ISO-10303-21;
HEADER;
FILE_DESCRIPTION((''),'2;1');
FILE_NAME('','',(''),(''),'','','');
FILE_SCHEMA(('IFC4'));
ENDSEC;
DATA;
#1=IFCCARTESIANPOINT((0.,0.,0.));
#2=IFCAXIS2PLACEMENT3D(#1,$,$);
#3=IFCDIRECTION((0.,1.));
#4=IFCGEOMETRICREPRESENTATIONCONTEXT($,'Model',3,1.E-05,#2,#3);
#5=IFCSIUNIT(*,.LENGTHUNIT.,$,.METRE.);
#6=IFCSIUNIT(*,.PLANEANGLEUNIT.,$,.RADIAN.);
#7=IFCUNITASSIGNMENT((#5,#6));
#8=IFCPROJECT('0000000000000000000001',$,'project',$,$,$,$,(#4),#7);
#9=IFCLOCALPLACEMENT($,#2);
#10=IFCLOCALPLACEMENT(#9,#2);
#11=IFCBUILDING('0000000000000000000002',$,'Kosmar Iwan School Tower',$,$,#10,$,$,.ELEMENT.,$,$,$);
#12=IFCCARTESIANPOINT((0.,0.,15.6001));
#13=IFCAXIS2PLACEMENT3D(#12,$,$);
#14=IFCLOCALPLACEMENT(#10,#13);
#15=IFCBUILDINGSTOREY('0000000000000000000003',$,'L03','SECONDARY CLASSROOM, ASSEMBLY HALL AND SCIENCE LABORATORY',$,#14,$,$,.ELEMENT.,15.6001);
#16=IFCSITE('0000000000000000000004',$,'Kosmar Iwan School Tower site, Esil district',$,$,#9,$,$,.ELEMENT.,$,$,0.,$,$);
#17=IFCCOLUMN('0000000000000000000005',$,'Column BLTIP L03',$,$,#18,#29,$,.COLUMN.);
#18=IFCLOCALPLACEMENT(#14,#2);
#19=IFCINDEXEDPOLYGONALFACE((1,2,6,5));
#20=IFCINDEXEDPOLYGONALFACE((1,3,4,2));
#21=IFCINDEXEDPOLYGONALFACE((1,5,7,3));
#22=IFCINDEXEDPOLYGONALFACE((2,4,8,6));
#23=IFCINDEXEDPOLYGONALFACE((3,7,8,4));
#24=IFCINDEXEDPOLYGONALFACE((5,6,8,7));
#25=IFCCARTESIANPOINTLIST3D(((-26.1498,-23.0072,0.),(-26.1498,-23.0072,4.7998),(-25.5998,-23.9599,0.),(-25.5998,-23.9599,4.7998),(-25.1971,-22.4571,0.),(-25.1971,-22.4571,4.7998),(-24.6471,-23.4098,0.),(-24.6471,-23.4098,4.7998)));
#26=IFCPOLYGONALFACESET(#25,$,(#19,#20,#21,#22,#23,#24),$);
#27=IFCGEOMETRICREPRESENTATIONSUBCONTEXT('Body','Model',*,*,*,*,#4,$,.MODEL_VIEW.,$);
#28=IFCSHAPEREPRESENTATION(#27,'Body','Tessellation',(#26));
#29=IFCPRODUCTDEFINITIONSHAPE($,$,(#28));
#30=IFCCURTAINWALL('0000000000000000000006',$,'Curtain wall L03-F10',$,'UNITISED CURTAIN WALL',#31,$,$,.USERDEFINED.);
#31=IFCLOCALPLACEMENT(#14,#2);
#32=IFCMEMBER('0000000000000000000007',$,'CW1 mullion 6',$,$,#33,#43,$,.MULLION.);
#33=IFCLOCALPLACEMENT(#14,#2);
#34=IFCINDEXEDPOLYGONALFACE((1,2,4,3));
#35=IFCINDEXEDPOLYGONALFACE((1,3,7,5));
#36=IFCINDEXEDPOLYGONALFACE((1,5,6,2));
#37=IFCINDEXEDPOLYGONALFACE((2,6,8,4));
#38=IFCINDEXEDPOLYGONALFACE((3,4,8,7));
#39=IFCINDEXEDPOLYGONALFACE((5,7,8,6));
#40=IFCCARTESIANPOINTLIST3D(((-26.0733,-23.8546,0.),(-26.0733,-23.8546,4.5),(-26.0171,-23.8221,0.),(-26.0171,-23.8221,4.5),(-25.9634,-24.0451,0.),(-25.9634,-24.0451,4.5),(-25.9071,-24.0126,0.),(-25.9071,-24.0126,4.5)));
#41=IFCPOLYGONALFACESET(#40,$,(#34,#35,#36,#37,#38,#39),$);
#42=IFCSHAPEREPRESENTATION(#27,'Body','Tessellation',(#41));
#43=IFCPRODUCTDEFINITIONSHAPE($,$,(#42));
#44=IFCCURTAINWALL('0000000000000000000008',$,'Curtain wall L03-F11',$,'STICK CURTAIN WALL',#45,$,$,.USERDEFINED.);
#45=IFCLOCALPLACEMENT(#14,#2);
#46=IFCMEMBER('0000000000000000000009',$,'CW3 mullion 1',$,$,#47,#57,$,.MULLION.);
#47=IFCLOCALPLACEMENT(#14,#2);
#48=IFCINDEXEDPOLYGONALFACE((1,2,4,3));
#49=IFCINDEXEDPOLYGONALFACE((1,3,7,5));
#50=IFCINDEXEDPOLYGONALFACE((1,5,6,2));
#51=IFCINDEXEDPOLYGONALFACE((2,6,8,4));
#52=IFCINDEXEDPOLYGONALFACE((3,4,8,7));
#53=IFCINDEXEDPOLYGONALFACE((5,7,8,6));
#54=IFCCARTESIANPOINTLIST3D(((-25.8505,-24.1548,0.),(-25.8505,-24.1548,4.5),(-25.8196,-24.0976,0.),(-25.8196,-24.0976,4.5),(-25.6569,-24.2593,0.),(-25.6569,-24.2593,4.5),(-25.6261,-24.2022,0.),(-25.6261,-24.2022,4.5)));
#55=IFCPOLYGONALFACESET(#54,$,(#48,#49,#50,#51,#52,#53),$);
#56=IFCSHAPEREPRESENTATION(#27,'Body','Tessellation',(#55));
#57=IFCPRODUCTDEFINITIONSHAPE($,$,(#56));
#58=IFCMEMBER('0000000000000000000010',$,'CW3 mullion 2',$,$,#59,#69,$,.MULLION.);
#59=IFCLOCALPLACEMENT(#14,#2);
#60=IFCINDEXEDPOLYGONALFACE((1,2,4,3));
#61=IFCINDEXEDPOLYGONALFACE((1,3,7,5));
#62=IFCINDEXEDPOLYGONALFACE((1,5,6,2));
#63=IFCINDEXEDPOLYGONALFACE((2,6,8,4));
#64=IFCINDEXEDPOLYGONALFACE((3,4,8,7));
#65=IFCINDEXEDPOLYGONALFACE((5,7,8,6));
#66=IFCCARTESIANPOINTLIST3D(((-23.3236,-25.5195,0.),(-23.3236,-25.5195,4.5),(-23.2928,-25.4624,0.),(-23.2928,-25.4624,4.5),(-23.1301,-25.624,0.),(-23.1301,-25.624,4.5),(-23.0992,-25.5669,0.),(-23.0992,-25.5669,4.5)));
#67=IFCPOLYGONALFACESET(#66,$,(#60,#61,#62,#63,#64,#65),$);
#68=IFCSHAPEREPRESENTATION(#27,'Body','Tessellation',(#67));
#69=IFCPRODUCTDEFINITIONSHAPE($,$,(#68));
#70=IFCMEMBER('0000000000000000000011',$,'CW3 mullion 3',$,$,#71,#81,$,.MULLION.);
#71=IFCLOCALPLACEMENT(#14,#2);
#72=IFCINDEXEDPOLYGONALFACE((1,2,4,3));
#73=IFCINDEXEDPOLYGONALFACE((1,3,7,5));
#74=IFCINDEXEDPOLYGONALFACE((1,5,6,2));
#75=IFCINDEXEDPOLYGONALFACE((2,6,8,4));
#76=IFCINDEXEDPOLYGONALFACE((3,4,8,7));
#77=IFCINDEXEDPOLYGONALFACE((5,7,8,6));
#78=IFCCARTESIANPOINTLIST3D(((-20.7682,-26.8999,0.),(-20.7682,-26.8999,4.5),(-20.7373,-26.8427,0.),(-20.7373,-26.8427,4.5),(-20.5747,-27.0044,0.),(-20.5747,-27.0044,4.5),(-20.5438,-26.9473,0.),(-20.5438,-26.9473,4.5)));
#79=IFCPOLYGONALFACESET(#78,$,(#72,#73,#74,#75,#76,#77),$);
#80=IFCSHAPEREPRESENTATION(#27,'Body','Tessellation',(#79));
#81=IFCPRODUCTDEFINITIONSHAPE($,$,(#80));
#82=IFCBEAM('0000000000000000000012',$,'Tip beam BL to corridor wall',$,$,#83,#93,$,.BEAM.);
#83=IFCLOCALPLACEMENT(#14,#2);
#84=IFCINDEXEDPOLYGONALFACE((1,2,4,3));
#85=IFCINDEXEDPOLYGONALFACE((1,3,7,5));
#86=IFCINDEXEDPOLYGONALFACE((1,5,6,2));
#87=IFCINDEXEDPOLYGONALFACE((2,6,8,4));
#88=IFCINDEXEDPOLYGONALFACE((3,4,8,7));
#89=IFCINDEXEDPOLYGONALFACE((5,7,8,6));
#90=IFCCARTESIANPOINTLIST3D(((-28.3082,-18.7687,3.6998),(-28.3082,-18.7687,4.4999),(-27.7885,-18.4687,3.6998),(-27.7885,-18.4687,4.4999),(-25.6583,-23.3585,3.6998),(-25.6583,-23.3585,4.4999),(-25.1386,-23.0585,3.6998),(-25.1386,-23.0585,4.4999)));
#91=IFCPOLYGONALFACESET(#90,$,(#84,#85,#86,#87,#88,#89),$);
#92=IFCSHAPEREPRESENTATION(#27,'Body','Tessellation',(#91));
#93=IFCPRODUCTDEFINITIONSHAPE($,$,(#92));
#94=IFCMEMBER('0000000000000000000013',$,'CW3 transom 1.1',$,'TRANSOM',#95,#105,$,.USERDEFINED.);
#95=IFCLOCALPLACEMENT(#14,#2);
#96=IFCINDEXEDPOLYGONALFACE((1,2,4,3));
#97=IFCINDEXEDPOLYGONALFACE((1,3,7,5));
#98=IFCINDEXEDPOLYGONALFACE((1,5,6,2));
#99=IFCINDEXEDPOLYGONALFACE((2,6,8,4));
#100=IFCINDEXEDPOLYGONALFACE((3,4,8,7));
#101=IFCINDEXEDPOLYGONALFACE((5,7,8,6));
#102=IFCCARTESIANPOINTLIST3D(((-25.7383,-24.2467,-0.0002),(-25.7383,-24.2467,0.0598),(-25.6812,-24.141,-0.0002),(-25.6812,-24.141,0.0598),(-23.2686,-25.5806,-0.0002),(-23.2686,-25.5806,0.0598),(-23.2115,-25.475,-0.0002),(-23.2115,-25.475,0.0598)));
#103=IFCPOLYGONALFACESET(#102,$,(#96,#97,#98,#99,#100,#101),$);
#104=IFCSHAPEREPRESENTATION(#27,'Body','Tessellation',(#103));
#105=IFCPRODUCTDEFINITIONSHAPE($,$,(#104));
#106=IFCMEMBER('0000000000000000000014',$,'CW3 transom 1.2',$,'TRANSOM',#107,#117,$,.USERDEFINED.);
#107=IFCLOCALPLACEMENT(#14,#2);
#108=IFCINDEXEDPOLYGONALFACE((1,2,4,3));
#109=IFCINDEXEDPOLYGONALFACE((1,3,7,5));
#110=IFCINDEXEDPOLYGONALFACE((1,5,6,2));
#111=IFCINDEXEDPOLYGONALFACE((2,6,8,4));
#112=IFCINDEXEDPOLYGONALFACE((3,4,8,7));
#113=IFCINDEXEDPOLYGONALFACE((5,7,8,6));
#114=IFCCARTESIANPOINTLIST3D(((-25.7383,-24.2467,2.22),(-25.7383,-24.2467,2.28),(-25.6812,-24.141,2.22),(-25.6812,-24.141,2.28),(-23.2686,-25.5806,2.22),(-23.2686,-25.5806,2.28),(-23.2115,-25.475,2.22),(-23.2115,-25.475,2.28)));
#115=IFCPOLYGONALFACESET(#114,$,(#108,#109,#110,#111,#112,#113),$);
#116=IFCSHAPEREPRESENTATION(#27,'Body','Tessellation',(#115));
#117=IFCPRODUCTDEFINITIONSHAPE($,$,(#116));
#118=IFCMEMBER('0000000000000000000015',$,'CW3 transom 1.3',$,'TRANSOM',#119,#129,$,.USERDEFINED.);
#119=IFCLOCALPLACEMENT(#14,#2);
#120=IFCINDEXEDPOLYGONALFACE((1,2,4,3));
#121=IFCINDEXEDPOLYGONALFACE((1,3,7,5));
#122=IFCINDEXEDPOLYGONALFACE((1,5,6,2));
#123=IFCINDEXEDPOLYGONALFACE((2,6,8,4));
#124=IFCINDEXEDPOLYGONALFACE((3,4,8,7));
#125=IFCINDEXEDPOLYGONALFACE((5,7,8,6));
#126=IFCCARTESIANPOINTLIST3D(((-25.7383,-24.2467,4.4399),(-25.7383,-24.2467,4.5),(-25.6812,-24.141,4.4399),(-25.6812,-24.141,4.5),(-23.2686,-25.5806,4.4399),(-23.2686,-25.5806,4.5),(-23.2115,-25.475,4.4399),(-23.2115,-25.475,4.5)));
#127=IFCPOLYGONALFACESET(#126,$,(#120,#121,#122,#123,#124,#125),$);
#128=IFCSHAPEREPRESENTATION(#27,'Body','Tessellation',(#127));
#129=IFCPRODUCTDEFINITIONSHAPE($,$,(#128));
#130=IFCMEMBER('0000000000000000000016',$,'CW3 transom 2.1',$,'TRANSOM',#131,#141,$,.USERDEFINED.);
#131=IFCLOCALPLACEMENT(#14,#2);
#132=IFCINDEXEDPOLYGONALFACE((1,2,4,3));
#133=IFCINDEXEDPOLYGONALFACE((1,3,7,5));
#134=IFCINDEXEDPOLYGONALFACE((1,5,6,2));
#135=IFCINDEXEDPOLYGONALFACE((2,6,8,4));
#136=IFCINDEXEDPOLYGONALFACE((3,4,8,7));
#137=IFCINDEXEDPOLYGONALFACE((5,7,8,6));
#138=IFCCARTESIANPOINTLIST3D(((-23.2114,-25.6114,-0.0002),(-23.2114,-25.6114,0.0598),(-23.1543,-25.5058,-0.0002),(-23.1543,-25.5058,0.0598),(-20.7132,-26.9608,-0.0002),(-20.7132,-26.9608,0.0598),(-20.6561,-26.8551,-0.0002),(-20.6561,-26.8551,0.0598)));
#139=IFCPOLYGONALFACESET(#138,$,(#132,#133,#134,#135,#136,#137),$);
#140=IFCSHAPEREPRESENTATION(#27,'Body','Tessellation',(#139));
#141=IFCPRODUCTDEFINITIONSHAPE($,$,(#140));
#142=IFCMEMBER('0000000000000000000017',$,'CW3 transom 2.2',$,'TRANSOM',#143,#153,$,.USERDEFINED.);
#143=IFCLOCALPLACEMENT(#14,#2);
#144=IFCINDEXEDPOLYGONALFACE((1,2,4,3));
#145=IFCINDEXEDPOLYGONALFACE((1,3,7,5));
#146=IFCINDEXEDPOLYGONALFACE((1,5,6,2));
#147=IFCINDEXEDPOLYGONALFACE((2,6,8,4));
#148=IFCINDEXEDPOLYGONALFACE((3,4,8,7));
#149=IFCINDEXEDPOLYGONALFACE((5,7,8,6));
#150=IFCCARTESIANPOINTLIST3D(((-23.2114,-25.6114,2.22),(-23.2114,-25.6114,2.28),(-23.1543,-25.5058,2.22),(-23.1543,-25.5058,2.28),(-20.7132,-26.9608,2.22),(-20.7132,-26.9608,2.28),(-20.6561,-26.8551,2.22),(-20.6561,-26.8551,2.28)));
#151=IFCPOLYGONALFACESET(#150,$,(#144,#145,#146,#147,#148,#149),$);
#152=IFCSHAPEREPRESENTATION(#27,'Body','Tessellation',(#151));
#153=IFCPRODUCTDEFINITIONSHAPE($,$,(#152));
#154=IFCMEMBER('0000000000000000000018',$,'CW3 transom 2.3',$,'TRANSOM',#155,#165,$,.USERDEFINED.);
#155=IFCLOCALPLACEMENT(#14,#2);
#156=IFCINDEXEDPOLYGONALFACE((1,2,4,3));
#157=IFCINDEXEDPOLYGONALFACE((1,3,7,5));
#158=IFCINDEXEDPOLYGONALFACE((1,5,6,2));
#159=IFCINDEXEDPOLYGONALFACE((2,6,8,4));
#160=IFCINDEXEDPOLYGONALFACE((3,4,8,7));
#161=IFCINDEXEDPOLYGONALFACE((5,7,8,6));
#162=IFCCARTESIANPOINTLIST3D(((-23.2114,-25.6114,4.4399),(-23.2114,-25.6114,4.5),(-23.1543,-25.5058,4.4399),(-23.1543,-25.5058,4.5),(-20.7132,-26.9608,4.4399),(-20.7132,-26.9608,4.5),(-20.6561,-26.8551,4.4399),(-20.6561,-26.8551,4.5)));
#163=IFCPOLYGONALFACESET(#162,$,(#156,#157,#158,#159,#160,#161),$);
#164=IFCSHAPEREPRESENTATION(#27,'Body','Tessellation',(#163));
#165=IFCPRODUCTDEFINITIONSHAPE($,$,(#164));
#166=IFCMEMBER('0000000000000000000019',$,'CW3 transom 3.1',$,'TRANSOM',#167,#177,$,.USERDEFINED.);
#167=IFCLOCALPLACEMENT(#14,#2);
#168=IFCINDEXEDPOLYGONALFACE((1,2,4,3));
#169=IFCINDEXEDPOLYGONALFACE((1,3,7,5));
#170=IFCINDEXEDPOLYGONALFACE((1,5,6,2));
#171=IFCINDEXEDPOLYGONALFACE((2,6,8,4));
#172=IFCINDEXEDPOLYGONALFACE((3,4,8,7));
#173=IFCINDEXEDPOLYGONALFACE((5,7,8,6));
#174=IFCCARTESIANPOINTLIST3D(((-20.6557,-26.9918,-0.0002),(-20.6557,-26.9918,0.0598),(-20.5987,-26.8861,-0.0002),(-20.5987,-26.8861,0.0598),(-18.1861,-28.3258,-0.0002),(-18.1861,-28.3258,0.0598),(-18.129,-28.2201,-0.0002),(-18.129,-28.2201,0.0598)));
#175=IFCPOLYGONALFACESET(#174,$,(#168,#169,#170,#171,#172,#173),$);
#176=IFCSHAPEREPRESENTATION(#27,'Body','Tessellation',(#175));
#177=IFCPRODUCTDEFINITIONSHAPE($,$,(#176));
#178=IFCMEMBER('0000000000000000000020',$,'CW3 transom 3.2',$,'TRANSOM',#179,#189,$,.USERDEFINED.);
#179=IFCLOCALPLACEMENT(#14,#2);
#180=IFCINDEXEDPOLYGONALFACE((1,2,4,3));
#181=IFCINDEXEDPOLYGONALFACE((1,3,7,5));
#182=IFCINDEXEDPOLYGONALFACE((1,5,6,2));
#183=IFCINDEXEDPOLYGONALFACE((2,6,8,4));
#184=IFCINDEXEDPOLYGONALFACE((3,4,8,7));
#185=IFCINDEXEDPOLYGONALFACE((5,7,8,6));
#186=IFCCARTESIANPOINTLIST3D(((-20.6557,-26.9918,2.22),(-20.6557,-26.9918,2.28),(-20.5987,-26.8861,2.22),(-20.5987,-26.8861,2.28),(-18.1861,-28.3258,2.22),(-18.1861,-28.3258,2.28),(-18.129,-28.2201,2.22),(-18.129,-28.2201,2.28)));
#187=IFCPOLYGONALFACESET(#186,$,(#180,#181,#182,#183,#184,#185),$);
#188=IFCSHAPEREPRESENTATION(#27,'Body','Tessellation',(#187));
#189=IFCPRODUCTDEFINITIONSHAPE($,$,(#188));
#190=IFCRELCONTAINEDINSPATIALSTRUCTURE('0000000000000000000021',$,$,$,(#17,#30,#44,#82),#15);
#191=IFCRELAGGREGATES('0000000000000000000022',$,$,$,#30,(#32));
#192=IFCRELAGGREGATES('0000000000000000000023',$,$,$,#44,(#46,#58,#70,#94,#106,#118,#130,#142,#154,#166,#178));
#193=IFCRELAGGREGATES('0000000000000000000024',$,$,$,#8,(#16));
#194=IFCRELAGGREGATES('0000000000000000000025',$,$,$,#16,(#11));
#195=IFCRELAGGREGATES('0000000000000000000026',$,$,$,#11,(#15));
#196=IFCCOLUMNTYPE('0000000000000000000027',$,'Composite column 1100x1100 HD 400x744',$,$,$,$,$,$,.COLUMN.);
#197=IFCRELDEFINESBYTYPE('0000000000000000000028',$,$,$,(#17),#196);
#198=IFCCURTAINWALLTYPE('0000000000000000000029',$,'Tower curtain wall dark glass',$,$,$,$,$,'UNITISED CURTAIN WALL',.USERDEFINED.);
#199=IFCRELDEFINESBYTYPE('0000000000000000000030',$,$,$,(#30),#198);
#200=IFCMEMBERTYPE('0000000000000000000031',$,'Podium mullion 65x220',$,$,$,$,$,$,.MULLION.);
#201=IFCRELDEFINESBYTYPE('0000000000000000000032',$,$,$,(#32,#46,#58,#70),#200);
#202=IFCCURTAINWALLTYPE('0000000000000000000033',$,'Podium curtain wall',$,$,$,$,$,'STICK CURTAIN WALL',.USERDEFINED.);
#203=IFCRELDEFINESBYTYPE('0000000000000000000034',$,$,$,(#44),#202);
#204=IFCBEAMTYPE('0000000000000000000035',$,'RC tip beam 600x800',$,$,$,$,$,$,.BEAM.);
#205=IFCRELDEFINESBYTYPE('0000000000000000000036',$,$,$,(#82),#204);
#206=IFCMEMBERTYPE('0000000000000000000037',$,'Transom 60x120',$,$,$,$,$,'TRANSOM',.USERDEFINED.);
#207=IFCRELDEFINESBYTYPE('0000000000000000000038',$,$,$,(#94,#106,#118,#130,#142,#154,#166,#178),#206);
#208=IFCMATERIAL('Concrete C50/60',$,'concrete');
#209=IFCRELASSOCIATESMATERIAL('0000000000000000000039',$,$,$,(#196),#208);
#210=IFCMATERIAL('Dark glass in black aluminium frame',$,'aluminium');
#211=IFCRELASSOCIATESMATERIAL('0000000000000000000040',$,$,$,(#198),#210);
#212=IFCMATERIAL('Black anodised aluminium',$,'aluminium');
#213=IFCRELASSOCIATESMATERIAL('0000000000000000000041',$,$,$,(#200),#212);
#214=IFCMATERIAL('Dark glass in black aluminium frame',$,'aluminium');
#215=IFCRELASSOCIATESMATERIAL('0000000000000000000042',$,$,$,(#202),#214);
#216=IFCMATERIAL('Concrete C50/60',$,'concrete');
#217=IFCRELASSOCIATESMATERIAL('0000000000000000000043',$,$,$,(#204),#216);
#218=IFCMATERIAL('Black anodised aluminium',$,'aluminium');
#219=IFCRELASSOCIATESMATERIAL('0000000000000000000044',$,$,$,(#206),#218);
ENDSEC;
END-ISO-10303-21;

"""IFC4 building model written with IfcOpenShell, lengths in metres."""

from ifc_helpers import new_model, si_unit, direction, frame, origin, origin_2d, place, context, subcontext, project, spatial, rectangle, extrude, material, material_profile, profile_set, type_object, element, aggregate, save


model = new_model("IFC4")

# Units and contexts
model_context = context("Model", 3, precision=1e-05, world=origin(), true_north=direction((0.0, 1.0)))
body_context = subcontext(model_context, "Body", "Model", "MODEL_VIEW")
ifc_project = project(units=[si_unit("LENGTHUNIT", "METRE"), si_unit("PLANEANGLEUNIT", "RADIAN")], contexts=[model_context])

# Site, building, storey
site_placement = place(None, origin())
site = spatial("IfcSite", under=ifc_project, at=site_placement, Name="Kosmar Iwan School Tower site, Esil district", CompositionType="ELEMENT", RefElevation=0.0)
building_placement = place(site_placement, origin())
building = spatial("IfcBuilding", under=site, at=building_placement, Name="Kosmar Iwan School Tower", CompositionType="ELEMENT")
storey_placement = place(building_placement, frame((0.0, 0.0, 15.6001)))
storey = spatial("IfcBuildingStorey", under=building, at=storey_placement, Name="L03", Description="SECONDARY CLASSROOM, ASSEMBLY HALL AND SCIENCE LABORATORY", CompositionType="ELEMENT", Elevation=15.6001)

# Column
ifc_material_1 = material(Name="Concrete C50/60", Category="concrete")
ifc_material_profile_1 = material_profile(ifc_material_1, rectangle(XDim=1.1001, YDim=1.1001, at=origin_2d()), Name="RC 1100x1100 + HD 400x744")
ifc_profile_set_1 = profile_set([ifc_material_profile_1], Name="Concrete C50/60")
column_type = type_object("IfcColumnType", Name="Composite column 1100x1100 HD 400x744", PredefinedType="COLUMN", material=ifc_profile_set_1)
column_placement = place(storey_placement, frame((-25.3984, -23.2085, 0.0), z_axis=(0.0, 0.0, 1.0), x_axis=(-0.866025, -0.5, 0.0)))
element("IfcColumn", 1, at=column_placement, inside=storey, type_object=column_type, Name="Column BLTIP L03", PredefinedType="COLUMN", context=body_context, shape_type="SweptSolid", body=[
    extrude(rectangle(XDim=1.1001, YDim=1.1001, at=origin_2d()), origin(), (0.0, 0.0, 1.0), 4.7998),
])

# Curtain wall, member
ifc_material_2 = material(Name="Dark glass in black aluminium frame", Category="aluminium")
curtain_wall_type_1 = type_object("IfcCurtainWallType", Name="Tower curtain wall dark glass", ElementType="UNITISED CURTAIN WALL", PredefinedType="USERDEFINED", material=ifc_material_2)
curtain_wall_1_placement = place(storey_placement, origin())
curtain_wall_1 = element("IfcCurtainWall", 2, at=curtain_wall_1_placement, inside=storey, type_object=curtain_wall_type_1, Name="Curtain wall L03-F10", ObjectType="UNITISED CURTAIN WALL", PredefinedType="USERDEFINED")
ifc_material_3 = material(Name="Black anodised aluminium", Category="aluminium")
ifc_material_profile_2 = material_profile(ifc_material_3, rectangle(XDim=0.0649, YDim=0.22, at=origin_2d()), Name="MULLION 65x220")
ifc_profile_set_2 = profile_set([ifc_material_profile_2], Name="Black anodised aluminium")
member_type_1 = type_object("IfcMemberType", Name="Podium mullion 65x220", PredefinedType="MULLION", material=ifc_profile_set_2)
member_1_placement = place(storey_placement, frame((-25.9902, -23.9336, 0.0), z_axis=(0.0, 0.0, 1.0), x_axis=(0.866025, 0.5, 0.0)))
member_1 = element("IfcMember", 3, at=member_1_placement, type_object=member_type_1, Name="CW1 mullion 6", PredefinedType="MULLION", context=body_context, shape_type="SweptSolid", body=[
    extrude(rectangle(XDim=0.0649, YDim=0.22, at=origin_2d()), origin(), (0.0, 0.0, 1.0), 4.5),
])

# Curtain wall, members
ifc_material_4 = material(Name="Dark glass in black aluminium frame", Category="aluminium")
curtain_wall_type_2 = type_object("IfcCurtainWallType", Name="Podium curtain wall", ElementType="STICK CURTAIN WALL", PredefinedType="USERDEFINED", material=ifc_material_4)
curtain_wall_2_placement = place(storey_placement, origin())
curtain_wall_2 = element("IfcCurtainWall", 4, at=curtain_wall_2_placement, inside=storey, type_object=curtain_wall_type_2, Name="Curtain wall L03-F11", ObjectType="STICK CURTAIN WALL", PredefinedType="USERDEFINED")
member_2_placement = place(storey_placement, frame((-25.7383, -24.1785, 0.0), z_axis=(0.0, 0.0, 1.0), x_axis=(0.475215, 0.879869, 0.0)))
member_2 = element("IfcMember", 5, at=member_2_placement, type_object=member_type_1, Name="CW3 mullion 1", PredefinedType="MULLION", context=body_context, shape_type="SweptSolid", body=[
    extrude(rectangle(XDim=0.0649, YDim=0.22, at=origin_2d()), origin(), (0.0, 0.0, 1.0), 4.5),
])
member_3_placement = place(storey_placement, frame((-23.2114, -25.5432, 0.0), z_axis=(0.0, 0.0, 1.0), x_axis=(0.475215, 0.879869, 0.0)))
member_3 = element("IfcMember", 6, at=member_3_placement, type_object=member_type_1, Name="CW3 mullion 2", PredefinedType="MULLION", context=body_context, shape_type="SweptSolid", body=[
    extrude(rectangle(XDim=0.0649, YDim=0.22, at=origin_2d()), origin(), (0.0, 0.0, 1.0), 4.5),
])
member_4_placement = place(storey_placement, frame((-20.656, -26.9236, 0.0), z_axis=(0.0, 0.0, 1.0), x_axis=(0.475215, 0.879869, 0.0)))
member_4 = element("IfcMember", 7, at=member_4_placement, type_object=member_type_1, Name="CW3 mullion 3", PredefinedType="MULLION", context=body_context, shape_type="SweptSolid", body=[
    extrude(rectangle(XDim=0.0649, YDim=0.22, at=origin_2d()), origin(), (0.0, 0.0, 1.0), 4.5),
])

# Beam
ifc_material_5 = material(Name="Concrete C50/60", Category="concrete")
ifc_material_profile_3 = material_profile(ifc_material_5, rectangle(XDim=0.6001, YDim=0.8, at=origin_2d()), Name="RC 600x800")
ifc_profile_set_3 = profile_set([ifc_material_profile_3], Name="Concrete C50/60")
beam_type = type_object("IfcBeamType", Name="RC tip beam 600x800", PredefinedType="BEAM", material=ifc_profile_set_3)
beam_placement = place(storey_placement, frame((-25.3984, -23.2085, 4.0999), z_axis=(-0.499994, 0.866029, 0.0), x_axis=(-0.866029, -0.499994, 0.0)))
element("IfcBeam", 8, at=beam_placement, inside=storey, type_object=beam_type, Name="Tip beam BL to corridor wall", PredefinedType="BEAM", context=body_context, shape_type="SweptSolid", body=[
    extrude(rectangle(XDim=0.6001, YDim=0.8, at=origin_2d()), origin(), (0.0, 0.0, 1.0), 5.2998),
])

# Members
ifc_material_6 = material(Name="Black anodised aluminium", Category="aluminium")
ifc_material_profile_4 = material_profile(ifc_material_6, rectangle(XDim=0.1201, YDim=0.0601, at=origin_2d()), Name="TRANSOM 60x120")
ifc_profile_set_4 = profile_set([ifc_material_profile_4], Name="Black anodised aluminium")
member_type_2 = type_object("IfcMemberType", Name="Transom 60x120", ElementType="TRANSOM", PredefinedType="USERDEFINED", material=ifc_profile_set_4)
member_5_placement = place(storey_placement, frame((-25.7097, -24.1938, 0.0298), z_axis=(0.879856, -0.47524, 0.0), x_axis=(0.47524, 0.879856, 0.0)))
member_5 = element("IfcMember", 9, at=member_5_placement, type_object=member_type_2, Name="CW3 transom 1.1", ObjectType="TRANSOM", PredefinedType="USERDEFINED", context=body_context, shape_type="SweptSolid", body=[
    extrude(rectangle(XDim=0.1201, YDim=0.0601, at=origin_2d()), origin(), (0.0, 0.0, 1.0), 2.8069),
])
member_6_placement = place(storey_placement, frame((-25.7097, -24.1938, 2.25), z_axis=(0.879856, -0.47524, 0.0), x_axis=(0.47524, 0.879856, 0.0)))
member_6 = element("IfcMember", 10, at=member_6_placement, type_object=member_type_2, Name="CW3 transom 1.2", ObjectType="TRANSOM", PredefinedType="USERDEFINED", context=body_context, shape_type="SweptSolid", body=[
    extrude(rectangle(XDim=0.1201, YDim=0.0601, at=origin_2d()), origin(), (0.0, 0.0, 1.0), 2.8069),
])
member_7_placement = place(storey_placement, frame((-25.7097, -24.1938, 4.47), z_axis=(0.879856, -0.47524, 0.0), x_axis=(0.47524, 0.879856, 0.0)))
member_7 = element("IfcMember", 11, at=member_7_placement, type_object=member_type_2, Name="CW3 transom 1.3", ObjectType="TRANSOM", PredefinedType="USERDEFINED", context=body_context, shape_type="SweptSolid", body=[
    extrude(rectangle(XDim=0.1201, YDim=0.0601, at=origin_2d()), origin(), (0.0, 0.0, 1.0), 2.8069),
])
member_8_placement = place(storey_placement, frame((-23.1829, -25.5586, 0.0298), z_axis=(0.879863, -0.475227, 0.0), x_axis=(0.475227, 0.879863, 0.0)))
member_8 = element("IfcMember", 12, at=member_8_placement, type_object=member_type_2, Name="CW3 transom 2.1", ObjectType="TRANSOM", PredefinedType="USERDEFINED", context=body_context, shape_type="SweptSolid", body=[
    extrude(rectangle(XDim=0.1201, YDim=0.0601, at=origin_2d()), origin(), (0.0, 0.0, 1.0), 2.8394),
])
member_9_placement = place(storey_placement, frame((-23.1829, -25.5586, 2.25), z_axis=(0.879863, -0.475227, 0.0), x_axis=(0.475227, 0.879863, 0.0)))
member_9 = element("IfcMember", 13, at=member_9_placement, type_object=member_type_2, Name="CW3 transom 2.2", ObjectType="TRANSOM", PredefinedType="USERDEFINED", context=body_context, shape_type="SweptSolid", body=[
    extrude(rectangle(XDim=0.1201, YDim=0.0601, at=origin_2d()), origin(), (0.0, 0.0, 1.0), 2.8394),
])
member_10_placement = place(storey_placement, frame((-23.1829, -25.5586, 4.47), z_axis=(0.879863, -0.475227, 0.0), x_axis=(0.475227, 0.879863, 0.0)))
member_10 = element("IfcMember", 14, at=member_10_placement, type_object=member_type_2, Name="CW3 transom 2.3", ObjectType="TRANSOM", PredefinedType="USERDEFINED", context=body_context, shape_type="SweptSolid", body=[
    extrude(rectangle(XDim=0.1201, YDim=0.0601, at=origin_2d()), origin(), (0.0, 0.0, 1.0), 2.8394),
])
member_11_placement = place(storey_placement, frame((-20.6272, -26.939, 0.0298), z_axis=(0.879856, -0.47524, 0.0), x_axis=(0.47524, 0.879856, 0.0)))
member_11 = element("IfcMember", 15, at=member_11_placement, type_object=member_type_2, Name="CW3 transom 3.1", ObjectType="TRANSOM", PredefinedType="USERDEFINED", context=body_context, shape_type="SweptSolid", body=[
    extrude(rectangle(XDim=0.1201, YDim=0.0601, at=origin_2d()), origin(), (0.0, 0.0, 1.0), 2.8069),
])
member_12_placement = place(storey_placement, frame((-20.6272, -26.939, 2.25), z_axis=(0.879856, -0.47524, 0.0), x_axis=(0.47524, 0.879856, 0.0)))
member_12 = element("IfcMember", 16, at=member_12_placement, type_object=member_type_2, Name="CW3 transom 3.2", ObjectType="TRANSOM", PredefinedType="USERDEFINED", context=body_context, shape_type="SweptSolid", body=[
    extrude(rectangle(XDim=0.1201, YDim=0.0601, at=origin_2d()), origin(), (0.0, 0.0, 1.0), 2.8069),
])

aggregate(curtain_wall_1, [member_1])
aggregate(curtain_wall_2, [member_2, member_3, member_4, member_5, member_6, member_7, member_8, member_9, member_10, member_11, member_12])

save(model, "model.ifc")
